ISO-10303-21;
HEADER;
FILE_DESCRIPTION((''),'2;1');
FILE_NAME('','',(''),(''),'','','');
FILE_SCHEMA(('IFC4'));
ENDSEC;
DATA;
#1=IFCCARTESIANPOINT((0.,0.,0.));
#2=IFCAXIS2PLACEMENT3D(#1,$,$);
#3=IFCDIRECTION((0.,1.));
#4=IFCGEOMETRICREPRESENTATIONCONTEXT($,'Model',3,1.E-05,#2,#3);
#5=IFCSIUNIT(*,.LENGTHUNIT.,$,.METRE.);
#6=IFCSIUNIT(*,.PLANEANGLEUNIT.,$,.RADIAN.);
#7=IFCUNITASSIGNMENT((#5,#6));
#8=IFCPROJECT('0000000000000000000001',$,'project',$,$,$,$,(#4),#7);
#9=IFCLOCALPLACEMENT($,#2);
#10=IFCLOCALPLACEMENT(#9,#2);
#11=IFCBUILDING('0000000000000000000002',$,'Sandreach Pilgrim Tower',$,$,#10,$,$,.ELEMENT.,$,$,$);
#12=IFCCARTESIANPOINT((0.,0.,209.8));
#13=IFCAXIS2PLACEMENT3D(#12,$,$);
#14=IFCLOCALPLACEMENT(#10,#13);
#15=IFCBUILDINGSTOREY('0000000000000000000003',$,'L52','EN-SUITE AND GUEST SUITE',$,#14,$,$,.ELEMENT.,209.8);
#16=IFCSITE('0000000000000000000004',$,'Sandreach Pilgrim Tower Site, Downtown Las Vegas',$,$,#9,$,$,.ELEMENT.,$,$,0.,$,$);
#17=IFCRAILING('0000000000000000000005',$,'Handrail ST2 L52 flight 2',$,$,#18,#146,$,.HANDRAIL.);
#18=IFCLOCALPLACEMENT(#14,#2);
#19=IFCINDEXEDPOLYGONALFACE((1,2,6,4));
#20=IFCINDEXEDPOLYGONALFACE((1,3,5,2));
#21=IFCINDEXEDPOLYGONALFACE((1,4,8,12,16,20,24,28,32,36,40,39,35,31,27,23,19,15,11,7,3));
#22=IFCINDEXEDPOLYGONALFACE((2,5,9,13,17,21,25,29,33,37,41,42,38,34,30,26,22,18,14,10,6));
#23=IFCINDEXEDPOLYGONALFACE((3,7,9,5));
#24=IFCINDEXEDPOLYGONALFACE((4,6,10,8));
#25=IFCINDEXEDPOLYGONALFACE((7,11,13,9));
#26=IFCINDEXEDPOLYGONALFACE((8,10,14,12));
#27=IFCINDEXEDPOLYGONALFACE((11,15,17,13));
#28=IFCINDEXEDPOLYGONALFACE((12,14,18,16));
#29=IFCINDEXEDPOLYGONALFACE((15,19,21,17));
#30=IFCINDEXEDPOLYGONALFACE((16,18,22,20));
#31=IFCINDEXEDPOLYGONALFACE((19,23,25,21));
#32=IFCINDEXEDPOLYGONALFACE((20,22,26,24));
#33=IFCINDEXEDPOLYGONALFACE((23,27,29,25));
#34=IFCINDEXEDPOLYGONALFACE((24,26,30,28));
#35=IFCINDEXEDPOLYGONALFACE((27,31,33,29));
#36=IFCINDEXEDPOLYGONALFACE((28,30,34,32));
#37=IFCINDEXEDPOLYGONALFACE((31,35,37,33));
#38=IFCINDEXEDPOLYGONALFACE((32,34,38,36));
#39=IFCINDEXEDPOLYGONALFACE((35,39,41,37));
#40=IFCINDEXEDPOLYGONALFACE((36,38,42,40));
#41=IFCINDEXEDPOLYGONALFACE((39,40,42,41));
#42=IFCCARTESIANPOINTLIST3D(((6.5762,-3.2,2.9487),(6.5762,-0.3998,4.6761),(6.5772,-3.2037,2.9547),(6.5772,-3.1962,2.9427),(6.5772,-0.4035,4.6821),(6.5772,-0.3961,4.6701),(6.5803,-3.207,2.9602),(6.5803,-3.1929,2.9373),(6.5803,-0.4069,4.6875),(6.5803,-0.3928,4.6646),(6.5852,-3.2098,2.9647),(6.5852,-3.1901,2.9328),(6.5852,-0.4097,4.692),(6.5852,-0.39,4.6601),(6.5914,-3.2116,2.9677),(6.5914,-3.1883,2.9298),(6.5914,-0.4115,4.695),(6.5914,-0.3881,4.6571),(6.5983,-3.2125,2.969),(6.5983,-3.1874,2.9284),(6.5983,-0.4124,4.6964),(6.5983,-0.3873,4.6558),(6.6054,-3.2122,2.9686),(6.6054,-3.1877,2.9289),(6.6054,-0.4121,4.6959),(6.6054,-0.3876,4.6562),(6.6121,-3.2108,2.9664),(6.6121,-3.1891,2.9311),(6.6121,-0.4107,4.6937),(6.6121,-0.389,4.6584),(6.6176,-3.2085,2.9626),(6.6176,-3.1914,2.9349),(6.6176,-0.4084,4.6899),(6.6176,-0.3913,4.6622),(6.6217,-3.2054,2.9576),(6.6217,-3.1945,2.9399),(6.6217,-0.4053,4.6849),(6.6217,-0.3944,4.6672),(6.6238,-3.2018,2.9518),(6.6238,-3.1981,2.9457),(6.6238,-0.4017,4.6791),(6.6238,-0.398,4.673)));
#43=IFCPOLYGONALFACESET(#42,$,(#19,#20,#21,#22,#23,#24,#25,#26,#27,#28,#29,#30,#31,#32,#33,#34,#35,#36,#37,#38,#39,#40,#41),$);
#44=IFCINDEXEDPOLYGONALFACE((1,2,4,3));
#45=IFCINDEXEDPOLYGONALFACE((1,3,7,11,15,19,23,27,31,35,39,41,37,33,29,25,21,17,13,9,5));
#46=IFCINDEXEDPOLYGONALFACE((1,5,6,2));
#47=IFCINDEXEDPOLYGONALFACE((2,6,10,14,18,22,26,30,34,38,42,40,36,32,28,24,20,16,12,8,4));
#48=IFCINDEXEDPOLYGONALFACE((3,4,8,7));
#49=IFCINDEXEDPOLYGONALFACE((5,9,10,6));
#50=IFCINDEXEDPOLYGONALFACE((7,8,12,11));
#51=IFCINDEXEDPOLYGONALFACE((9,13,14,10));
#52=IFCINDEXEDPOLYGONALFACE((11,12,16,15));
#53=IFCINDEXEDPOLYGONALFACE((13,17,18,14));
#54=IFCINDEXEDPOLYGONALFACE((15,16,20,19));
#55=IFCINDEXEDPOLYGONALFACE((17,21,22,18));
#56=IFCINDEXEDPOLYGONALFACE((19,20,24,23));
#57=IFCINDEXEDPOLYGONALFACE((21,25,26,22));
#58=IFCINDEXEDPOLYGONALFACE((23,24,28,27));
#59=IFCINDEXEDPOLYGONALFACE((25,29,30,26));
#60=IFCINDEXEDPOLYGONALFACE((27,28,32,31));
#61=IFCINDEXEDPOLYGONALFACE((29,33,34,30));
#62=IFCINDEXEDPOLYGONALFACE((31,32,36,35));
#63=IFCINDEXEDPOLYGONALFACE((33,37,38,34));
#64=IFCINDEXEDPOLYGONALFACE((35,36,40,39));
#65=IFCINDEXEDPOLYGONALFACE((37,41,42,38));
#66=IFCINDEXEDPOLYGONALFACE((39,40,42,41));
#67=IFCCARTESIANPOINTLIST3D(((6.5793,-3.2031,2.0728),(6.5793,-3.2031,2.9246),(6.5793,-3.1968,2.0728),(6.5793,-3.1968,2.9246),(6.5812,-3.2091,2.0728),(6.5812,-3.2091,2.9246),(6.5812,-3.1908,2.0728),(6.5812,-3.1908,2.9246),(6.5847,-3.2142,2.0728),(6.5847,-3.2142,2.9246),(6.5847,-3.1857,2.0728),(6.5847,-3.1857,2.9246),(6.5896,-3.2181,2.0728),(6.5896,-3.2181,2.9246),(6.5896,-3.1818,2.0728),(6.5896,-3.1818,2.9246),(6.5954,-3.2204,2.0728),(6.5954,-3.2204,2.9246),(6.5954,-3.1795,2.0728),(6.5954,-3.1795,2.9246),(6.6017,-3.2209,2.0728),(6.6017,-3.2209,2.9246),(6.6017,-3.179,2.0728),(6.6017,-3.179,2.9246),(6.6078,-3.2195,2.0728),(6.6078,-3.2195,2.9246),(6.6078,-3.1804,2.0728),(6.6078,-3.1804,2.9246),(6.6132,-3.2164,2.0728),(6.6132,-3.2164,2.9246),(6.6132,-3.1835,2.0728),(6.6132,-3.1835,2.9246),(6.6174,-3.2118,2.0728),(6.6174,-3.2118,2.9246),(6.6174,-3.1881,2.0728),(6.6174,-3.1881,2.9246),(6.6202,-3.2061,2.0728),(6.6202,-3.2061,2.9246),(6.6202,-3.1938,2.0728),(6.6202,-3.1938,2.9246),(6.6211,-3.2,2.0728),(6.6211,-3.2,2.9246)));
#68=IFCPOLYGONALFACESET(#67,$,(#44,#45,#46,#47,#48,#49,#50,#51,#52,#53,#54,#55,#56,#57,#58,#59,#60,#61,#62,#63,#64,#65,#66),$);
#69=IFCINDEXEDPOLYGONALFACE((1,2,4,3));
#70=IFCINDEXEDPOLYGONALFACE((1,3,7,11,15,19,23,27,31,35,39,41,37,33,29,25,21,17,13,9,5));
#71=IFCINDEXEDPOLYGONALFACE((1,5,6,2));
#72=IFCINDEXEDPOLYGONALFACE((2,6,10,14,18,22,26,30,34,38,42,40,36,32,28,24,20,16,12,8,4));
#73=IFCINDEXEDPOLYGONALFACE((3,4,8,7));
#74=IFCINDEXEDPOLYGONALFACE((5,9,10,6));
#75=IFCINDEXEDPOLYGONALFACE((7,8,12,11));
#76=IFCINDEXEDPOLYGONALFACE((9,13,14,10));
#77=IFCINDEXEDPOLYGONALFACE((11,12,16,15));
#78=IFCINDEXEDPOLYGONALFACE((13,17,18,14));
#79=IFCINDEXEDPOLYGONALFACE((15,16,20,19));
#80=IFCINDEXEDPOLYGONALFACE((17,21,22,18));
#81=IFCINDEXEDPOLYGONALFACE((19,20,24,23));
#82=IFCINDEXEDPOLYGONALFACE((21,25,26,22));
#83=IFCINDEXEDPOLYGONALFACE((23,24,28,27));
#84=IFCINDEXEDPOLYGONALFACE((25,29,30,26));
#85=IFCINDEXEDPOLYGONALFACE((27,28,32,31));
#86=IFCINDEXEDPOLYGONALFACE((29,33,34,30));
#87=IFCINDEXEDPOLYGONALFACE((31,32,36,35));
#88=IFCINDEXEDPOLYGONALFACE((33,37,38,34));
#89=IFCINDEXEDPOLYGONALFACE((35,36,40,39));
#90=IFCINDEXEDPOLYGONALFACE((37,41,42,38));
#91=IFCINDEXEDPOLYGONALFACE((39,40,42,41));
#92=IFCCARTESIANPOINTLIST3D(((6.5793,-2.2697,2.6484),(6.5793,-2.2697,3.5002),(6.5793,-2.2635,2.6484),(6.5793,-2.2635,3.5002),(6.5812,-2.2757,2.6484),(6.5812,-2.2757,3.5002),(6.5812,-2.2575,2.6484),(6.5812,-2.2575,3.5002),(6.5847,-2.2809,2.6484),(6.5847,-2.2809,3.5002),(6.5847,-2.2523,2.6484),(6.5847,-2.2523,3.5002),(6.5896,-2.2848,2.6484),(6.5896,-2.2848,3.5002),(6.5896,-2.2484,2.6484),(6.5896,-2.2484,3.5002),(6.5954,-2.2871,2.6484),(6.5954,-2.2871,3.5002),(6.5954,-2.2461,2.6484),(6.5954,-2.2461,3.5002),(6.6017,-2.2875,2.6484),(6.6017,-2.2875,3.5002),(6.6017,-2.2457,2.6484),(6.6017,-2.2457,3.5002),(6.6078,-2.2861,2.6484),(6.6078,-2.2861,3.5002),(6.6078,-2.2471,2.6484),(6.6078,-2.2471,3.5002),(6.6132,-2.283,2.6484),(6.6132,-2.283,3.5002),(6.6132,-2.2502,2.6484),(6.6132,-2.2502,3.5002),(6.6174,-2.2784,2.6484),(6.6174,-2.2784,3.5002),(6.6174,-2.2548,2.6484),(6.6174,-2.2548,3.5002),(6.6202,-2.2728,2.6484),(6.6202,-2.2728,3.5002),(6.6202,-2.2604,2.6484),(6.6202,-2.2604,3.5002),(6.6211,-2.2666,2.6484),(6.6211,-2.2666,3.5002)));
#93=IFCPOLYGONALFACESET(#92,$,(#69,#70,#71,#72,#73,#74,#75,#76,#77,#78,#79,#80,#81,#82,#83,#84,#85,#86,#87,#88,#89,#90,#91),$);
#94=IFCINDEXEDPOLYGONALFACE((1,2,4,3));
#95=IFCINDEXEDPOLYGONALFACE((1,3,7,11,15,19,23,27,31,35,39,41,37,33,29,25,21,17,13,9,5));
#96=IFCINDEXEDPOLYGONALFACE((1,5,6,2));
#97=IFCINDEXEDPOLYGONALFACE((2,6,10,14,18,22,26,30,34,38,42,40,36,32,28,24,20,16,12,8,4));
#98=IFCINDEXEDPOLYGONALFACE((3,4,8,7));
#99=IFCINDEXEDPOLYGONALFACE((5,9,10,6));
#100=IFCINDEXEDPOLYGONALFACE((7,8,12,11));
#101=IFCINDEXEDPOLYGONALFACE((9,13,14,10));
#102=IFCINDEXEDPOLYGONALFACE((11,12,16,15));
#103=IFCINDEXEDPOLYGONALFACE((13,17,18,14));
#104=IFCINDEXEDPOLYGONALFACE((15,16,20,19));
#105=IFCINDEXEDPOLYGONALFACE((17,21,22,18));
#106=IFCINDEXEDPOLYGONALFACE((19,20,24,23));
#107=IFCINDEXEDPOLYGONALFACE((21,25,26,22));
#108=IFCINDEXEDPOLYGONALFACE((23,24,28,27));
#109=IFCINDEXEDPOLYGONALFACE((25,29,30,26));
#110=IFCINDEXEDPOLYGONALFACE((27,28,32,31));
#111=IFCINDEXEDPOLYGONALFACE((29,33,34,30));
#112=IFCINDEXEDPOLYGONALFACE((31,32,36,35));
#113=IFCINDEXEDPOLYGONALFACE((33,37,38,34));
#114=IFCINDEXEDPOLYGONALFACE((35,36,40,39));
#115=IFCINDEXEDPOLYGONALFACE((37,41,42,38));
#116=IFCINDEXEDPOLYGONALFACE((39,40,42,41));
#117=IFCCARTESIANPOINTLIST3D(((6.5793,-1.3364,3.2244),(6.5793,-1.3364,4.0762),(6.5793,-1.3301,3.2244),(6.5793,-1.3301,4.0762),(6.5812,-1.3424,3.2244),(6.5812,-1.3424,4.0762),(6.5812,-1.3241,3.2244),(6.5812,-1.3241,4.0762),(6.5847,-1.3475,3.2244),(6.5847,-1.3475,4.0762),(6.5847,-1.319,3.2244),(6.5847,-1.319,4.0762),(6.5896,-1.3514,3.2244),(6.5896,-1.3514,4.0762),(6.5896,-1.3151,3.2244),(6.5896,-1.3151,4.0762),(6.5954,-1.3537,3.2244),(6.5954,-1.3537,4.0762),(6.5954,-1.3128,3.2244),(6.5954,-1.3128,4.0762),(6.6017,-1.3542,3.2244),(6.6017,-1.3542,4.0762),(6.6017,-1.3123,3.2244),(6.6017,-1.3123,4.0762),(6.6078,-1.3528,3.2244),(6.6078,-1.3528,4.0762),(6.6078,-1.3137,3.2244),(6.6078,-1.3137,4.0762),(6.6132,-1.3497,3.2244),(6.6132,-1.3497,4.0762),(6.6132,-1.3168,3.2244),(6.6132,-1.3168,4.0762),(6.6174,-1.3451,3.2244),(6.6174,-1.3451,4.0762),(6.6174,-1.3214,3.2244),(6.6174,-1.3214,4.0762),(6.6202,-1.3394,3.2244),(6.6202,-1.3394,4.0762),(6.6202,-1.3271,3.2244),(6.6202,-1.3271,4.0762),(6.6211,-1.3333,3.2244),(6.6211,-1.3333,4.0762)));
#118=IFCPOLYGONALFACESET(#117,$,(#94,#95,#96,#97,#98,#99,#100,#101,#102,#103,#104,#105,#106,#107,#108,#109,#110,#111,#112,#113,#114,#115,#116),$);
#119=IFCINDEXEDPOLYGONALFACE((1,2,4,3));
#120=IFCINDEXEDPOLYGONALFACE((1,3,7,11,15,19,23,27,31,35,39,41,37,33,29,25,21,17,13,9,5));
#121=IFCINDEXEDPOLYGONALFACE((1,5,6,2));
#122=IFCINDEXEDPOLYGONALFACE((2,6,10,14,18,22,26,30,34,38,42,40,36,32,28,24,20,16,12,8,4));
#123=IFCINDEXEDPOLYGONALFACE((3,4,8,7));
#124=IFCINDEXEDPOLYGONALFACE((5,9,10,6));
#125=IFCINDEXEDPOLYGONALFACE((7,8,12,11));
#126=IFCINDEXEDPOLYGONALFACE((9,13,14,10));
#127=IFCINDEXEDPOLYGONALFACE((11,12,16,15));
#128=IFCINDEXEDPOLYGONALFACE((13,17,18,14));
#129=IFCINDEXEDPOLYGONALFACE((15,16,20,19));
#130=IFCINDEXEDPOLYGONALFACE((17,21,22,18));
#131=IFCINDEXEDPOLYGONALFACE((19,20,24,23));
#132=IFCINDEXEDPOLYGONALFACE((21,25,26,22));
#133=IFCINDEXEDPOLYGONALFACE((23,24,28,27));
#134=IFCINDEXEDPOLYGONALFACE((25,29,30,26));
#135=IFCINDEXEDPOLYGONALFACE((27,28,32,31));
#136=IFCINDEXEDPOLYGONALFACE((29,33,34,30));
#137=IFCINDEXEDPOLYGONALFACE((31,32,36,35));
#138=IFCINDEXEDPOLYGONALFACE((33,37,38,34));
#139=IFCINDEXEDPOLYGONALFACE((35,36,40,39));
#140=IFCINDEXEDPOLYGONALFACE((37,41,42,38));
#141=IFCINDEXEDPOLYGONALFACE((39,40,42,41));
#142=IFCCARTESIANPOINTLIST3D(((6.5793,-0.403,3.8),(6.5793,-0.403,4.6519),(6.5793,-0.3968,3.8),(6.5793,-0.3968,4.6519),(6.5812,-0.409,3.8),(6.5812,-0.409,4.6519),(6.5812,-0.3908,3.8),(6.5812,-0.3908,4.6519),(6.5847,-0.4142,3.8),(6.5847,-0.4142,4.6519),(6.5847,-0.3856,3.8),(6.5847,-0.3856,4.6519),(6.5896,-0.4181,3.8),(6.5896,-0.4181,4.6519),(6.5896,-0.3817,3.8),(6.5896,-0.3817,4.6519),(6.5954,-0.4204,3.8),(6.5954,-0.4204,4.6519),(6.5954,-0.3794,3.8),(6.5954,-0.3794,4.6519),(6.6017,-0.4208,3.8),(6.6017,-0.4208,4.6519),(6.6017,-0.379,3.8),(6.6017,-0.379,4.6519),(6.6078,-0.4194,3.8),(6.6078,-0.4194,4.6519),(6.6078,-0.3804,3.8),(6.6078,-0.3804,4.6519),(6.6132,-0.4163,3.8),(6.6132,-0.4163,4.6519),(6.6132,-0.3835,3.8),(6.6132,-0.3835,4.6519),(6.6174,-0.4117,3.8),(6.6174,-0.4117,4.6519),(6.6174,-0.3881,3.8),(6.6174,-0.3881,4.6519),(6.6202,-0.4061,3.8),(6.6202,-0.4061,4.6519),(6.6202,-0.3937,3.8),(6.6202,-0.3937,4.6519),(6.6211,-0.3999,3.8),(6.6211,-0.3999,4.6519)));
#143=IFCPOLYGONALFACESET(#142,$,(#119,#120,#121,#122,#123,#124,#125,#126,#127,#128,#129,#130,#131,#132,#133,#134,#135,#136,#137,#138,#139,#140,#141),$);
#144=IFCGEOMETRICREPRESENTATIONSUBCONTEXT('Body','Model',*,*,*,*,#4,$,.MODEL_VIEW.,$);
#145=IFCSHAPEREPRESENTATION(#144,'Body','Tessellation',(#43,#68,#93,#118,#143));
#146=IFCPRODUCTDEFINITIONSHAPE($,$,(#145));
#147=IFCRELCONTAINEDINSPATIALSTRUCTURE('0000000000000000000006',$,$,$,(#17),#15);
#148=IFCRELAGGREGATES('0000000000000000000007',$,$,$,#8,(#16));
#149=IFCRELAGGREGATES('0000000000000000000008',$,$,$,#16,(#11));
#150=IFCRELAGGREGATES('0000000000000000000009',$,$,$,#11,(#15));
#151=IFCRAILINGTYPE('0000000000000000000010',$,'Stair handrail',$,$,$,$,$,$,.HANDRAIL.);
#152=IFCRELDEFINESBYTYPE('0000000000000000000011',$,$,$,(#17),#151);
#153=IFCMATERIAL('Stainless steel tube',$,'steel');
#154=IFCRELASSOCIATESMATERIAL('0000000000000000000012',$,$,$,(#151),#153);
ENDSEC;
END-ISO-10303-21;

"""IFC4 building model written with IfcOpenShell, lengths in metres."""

from ifc_helpers import new_model, si_unit, direction, frame, origin, origin_2d, place, context, subcontext, project, spatial, circle, extrude, material, type_object, element, save


model = new_model("IFC4")

# Units and contexts
model_context = context("Model", 3, precision=1e-05, world=origin(), true_north=direction((0.0, 1.0)))
body_context = subcontext(model_context, "Body", "Model", "MODEL_VIEW")
ifc_project = project(units=[si_unit("LENGTHUNIT", "METRE"), si_unit("PLANEANGLEUNIT", "RADIAN")], contexts=[model_context])

# Site, building, storey
site_placement = place(None, origin())
site = spatial("IfcSite", under=ifc_project, at=site_placement, Name="Sandreach Pilgrim Tower Site, Downtown Las Vegas", CompositionType="ELEMENT", RefElevation=0.0)
building_placement = place(site_placement, origin())
building = spatial("IfcBuilding", under=site, at=building_placement, Name="Sandreach Pilgrim Tower", CompositionType="ELEMENT")
storey_placement = place(building_placement, frame((0.0, 0.0, 209.8)))
storey = spatial("IfcBuildingStorey", under=building, at=storey_placement, Name="L52", Description="EN-SUITE AND GUEST SUITE", CompositionType="ELEMENT", Elevation=209.8)

# Railing
ifc_material_1 = material(Name="Stainless steel tube", Category="steel")
railing_type = type_object("IfcRailingType", Name="Stair handrail", PredefinedType="HANDRAIL", material=ifc_material_1)
for number, where, name in (
    (1, (6.6001, -3.2, 2.0728), "Handrail ST2 L52 flight 2"),
):
    element("IfcRailing", number, at=place(storey_placement, frame(where)), inside=storey, type_object=railing_type, Name=name, PredefinedType="HANDRAIL", context=body_context, shape_type="SweptSolid", body=[
        extrude(circle(Radius=0.0239, at=origin_2d()), frame((0.0, 0.0, 0.876), z_axis=(0.0, 0.85109, 0.52502), x_axis=(-1.0, 0.0, 0.0)), (0.0, 0.0, 1.0), 3.29),
        extrude(circle(Radius=0.021, at=origin_2d()), origin(), (0.0, 0.0, 1.0), 0.8518),
        extrude(circle(Radius=0.021, at=origin_2d()), frame((0.0, 0.9333, 0.5757)), (0.0, 0.0, 1.0), 0.8518),
        extrude(circle(Radius=0.021, at=origin_2d()), frame((0.0, 1.8667, 1.1516)), (0.0, 0.0, 1.0), 0.8518),
        extrude(circle(Radius=0.021, at=origin_2d()), frame((0.0, 2.8, 1.7273)), (0.0, 0.0, 1.0), 0.8518),
    ])

save(model, "model.ifc")
